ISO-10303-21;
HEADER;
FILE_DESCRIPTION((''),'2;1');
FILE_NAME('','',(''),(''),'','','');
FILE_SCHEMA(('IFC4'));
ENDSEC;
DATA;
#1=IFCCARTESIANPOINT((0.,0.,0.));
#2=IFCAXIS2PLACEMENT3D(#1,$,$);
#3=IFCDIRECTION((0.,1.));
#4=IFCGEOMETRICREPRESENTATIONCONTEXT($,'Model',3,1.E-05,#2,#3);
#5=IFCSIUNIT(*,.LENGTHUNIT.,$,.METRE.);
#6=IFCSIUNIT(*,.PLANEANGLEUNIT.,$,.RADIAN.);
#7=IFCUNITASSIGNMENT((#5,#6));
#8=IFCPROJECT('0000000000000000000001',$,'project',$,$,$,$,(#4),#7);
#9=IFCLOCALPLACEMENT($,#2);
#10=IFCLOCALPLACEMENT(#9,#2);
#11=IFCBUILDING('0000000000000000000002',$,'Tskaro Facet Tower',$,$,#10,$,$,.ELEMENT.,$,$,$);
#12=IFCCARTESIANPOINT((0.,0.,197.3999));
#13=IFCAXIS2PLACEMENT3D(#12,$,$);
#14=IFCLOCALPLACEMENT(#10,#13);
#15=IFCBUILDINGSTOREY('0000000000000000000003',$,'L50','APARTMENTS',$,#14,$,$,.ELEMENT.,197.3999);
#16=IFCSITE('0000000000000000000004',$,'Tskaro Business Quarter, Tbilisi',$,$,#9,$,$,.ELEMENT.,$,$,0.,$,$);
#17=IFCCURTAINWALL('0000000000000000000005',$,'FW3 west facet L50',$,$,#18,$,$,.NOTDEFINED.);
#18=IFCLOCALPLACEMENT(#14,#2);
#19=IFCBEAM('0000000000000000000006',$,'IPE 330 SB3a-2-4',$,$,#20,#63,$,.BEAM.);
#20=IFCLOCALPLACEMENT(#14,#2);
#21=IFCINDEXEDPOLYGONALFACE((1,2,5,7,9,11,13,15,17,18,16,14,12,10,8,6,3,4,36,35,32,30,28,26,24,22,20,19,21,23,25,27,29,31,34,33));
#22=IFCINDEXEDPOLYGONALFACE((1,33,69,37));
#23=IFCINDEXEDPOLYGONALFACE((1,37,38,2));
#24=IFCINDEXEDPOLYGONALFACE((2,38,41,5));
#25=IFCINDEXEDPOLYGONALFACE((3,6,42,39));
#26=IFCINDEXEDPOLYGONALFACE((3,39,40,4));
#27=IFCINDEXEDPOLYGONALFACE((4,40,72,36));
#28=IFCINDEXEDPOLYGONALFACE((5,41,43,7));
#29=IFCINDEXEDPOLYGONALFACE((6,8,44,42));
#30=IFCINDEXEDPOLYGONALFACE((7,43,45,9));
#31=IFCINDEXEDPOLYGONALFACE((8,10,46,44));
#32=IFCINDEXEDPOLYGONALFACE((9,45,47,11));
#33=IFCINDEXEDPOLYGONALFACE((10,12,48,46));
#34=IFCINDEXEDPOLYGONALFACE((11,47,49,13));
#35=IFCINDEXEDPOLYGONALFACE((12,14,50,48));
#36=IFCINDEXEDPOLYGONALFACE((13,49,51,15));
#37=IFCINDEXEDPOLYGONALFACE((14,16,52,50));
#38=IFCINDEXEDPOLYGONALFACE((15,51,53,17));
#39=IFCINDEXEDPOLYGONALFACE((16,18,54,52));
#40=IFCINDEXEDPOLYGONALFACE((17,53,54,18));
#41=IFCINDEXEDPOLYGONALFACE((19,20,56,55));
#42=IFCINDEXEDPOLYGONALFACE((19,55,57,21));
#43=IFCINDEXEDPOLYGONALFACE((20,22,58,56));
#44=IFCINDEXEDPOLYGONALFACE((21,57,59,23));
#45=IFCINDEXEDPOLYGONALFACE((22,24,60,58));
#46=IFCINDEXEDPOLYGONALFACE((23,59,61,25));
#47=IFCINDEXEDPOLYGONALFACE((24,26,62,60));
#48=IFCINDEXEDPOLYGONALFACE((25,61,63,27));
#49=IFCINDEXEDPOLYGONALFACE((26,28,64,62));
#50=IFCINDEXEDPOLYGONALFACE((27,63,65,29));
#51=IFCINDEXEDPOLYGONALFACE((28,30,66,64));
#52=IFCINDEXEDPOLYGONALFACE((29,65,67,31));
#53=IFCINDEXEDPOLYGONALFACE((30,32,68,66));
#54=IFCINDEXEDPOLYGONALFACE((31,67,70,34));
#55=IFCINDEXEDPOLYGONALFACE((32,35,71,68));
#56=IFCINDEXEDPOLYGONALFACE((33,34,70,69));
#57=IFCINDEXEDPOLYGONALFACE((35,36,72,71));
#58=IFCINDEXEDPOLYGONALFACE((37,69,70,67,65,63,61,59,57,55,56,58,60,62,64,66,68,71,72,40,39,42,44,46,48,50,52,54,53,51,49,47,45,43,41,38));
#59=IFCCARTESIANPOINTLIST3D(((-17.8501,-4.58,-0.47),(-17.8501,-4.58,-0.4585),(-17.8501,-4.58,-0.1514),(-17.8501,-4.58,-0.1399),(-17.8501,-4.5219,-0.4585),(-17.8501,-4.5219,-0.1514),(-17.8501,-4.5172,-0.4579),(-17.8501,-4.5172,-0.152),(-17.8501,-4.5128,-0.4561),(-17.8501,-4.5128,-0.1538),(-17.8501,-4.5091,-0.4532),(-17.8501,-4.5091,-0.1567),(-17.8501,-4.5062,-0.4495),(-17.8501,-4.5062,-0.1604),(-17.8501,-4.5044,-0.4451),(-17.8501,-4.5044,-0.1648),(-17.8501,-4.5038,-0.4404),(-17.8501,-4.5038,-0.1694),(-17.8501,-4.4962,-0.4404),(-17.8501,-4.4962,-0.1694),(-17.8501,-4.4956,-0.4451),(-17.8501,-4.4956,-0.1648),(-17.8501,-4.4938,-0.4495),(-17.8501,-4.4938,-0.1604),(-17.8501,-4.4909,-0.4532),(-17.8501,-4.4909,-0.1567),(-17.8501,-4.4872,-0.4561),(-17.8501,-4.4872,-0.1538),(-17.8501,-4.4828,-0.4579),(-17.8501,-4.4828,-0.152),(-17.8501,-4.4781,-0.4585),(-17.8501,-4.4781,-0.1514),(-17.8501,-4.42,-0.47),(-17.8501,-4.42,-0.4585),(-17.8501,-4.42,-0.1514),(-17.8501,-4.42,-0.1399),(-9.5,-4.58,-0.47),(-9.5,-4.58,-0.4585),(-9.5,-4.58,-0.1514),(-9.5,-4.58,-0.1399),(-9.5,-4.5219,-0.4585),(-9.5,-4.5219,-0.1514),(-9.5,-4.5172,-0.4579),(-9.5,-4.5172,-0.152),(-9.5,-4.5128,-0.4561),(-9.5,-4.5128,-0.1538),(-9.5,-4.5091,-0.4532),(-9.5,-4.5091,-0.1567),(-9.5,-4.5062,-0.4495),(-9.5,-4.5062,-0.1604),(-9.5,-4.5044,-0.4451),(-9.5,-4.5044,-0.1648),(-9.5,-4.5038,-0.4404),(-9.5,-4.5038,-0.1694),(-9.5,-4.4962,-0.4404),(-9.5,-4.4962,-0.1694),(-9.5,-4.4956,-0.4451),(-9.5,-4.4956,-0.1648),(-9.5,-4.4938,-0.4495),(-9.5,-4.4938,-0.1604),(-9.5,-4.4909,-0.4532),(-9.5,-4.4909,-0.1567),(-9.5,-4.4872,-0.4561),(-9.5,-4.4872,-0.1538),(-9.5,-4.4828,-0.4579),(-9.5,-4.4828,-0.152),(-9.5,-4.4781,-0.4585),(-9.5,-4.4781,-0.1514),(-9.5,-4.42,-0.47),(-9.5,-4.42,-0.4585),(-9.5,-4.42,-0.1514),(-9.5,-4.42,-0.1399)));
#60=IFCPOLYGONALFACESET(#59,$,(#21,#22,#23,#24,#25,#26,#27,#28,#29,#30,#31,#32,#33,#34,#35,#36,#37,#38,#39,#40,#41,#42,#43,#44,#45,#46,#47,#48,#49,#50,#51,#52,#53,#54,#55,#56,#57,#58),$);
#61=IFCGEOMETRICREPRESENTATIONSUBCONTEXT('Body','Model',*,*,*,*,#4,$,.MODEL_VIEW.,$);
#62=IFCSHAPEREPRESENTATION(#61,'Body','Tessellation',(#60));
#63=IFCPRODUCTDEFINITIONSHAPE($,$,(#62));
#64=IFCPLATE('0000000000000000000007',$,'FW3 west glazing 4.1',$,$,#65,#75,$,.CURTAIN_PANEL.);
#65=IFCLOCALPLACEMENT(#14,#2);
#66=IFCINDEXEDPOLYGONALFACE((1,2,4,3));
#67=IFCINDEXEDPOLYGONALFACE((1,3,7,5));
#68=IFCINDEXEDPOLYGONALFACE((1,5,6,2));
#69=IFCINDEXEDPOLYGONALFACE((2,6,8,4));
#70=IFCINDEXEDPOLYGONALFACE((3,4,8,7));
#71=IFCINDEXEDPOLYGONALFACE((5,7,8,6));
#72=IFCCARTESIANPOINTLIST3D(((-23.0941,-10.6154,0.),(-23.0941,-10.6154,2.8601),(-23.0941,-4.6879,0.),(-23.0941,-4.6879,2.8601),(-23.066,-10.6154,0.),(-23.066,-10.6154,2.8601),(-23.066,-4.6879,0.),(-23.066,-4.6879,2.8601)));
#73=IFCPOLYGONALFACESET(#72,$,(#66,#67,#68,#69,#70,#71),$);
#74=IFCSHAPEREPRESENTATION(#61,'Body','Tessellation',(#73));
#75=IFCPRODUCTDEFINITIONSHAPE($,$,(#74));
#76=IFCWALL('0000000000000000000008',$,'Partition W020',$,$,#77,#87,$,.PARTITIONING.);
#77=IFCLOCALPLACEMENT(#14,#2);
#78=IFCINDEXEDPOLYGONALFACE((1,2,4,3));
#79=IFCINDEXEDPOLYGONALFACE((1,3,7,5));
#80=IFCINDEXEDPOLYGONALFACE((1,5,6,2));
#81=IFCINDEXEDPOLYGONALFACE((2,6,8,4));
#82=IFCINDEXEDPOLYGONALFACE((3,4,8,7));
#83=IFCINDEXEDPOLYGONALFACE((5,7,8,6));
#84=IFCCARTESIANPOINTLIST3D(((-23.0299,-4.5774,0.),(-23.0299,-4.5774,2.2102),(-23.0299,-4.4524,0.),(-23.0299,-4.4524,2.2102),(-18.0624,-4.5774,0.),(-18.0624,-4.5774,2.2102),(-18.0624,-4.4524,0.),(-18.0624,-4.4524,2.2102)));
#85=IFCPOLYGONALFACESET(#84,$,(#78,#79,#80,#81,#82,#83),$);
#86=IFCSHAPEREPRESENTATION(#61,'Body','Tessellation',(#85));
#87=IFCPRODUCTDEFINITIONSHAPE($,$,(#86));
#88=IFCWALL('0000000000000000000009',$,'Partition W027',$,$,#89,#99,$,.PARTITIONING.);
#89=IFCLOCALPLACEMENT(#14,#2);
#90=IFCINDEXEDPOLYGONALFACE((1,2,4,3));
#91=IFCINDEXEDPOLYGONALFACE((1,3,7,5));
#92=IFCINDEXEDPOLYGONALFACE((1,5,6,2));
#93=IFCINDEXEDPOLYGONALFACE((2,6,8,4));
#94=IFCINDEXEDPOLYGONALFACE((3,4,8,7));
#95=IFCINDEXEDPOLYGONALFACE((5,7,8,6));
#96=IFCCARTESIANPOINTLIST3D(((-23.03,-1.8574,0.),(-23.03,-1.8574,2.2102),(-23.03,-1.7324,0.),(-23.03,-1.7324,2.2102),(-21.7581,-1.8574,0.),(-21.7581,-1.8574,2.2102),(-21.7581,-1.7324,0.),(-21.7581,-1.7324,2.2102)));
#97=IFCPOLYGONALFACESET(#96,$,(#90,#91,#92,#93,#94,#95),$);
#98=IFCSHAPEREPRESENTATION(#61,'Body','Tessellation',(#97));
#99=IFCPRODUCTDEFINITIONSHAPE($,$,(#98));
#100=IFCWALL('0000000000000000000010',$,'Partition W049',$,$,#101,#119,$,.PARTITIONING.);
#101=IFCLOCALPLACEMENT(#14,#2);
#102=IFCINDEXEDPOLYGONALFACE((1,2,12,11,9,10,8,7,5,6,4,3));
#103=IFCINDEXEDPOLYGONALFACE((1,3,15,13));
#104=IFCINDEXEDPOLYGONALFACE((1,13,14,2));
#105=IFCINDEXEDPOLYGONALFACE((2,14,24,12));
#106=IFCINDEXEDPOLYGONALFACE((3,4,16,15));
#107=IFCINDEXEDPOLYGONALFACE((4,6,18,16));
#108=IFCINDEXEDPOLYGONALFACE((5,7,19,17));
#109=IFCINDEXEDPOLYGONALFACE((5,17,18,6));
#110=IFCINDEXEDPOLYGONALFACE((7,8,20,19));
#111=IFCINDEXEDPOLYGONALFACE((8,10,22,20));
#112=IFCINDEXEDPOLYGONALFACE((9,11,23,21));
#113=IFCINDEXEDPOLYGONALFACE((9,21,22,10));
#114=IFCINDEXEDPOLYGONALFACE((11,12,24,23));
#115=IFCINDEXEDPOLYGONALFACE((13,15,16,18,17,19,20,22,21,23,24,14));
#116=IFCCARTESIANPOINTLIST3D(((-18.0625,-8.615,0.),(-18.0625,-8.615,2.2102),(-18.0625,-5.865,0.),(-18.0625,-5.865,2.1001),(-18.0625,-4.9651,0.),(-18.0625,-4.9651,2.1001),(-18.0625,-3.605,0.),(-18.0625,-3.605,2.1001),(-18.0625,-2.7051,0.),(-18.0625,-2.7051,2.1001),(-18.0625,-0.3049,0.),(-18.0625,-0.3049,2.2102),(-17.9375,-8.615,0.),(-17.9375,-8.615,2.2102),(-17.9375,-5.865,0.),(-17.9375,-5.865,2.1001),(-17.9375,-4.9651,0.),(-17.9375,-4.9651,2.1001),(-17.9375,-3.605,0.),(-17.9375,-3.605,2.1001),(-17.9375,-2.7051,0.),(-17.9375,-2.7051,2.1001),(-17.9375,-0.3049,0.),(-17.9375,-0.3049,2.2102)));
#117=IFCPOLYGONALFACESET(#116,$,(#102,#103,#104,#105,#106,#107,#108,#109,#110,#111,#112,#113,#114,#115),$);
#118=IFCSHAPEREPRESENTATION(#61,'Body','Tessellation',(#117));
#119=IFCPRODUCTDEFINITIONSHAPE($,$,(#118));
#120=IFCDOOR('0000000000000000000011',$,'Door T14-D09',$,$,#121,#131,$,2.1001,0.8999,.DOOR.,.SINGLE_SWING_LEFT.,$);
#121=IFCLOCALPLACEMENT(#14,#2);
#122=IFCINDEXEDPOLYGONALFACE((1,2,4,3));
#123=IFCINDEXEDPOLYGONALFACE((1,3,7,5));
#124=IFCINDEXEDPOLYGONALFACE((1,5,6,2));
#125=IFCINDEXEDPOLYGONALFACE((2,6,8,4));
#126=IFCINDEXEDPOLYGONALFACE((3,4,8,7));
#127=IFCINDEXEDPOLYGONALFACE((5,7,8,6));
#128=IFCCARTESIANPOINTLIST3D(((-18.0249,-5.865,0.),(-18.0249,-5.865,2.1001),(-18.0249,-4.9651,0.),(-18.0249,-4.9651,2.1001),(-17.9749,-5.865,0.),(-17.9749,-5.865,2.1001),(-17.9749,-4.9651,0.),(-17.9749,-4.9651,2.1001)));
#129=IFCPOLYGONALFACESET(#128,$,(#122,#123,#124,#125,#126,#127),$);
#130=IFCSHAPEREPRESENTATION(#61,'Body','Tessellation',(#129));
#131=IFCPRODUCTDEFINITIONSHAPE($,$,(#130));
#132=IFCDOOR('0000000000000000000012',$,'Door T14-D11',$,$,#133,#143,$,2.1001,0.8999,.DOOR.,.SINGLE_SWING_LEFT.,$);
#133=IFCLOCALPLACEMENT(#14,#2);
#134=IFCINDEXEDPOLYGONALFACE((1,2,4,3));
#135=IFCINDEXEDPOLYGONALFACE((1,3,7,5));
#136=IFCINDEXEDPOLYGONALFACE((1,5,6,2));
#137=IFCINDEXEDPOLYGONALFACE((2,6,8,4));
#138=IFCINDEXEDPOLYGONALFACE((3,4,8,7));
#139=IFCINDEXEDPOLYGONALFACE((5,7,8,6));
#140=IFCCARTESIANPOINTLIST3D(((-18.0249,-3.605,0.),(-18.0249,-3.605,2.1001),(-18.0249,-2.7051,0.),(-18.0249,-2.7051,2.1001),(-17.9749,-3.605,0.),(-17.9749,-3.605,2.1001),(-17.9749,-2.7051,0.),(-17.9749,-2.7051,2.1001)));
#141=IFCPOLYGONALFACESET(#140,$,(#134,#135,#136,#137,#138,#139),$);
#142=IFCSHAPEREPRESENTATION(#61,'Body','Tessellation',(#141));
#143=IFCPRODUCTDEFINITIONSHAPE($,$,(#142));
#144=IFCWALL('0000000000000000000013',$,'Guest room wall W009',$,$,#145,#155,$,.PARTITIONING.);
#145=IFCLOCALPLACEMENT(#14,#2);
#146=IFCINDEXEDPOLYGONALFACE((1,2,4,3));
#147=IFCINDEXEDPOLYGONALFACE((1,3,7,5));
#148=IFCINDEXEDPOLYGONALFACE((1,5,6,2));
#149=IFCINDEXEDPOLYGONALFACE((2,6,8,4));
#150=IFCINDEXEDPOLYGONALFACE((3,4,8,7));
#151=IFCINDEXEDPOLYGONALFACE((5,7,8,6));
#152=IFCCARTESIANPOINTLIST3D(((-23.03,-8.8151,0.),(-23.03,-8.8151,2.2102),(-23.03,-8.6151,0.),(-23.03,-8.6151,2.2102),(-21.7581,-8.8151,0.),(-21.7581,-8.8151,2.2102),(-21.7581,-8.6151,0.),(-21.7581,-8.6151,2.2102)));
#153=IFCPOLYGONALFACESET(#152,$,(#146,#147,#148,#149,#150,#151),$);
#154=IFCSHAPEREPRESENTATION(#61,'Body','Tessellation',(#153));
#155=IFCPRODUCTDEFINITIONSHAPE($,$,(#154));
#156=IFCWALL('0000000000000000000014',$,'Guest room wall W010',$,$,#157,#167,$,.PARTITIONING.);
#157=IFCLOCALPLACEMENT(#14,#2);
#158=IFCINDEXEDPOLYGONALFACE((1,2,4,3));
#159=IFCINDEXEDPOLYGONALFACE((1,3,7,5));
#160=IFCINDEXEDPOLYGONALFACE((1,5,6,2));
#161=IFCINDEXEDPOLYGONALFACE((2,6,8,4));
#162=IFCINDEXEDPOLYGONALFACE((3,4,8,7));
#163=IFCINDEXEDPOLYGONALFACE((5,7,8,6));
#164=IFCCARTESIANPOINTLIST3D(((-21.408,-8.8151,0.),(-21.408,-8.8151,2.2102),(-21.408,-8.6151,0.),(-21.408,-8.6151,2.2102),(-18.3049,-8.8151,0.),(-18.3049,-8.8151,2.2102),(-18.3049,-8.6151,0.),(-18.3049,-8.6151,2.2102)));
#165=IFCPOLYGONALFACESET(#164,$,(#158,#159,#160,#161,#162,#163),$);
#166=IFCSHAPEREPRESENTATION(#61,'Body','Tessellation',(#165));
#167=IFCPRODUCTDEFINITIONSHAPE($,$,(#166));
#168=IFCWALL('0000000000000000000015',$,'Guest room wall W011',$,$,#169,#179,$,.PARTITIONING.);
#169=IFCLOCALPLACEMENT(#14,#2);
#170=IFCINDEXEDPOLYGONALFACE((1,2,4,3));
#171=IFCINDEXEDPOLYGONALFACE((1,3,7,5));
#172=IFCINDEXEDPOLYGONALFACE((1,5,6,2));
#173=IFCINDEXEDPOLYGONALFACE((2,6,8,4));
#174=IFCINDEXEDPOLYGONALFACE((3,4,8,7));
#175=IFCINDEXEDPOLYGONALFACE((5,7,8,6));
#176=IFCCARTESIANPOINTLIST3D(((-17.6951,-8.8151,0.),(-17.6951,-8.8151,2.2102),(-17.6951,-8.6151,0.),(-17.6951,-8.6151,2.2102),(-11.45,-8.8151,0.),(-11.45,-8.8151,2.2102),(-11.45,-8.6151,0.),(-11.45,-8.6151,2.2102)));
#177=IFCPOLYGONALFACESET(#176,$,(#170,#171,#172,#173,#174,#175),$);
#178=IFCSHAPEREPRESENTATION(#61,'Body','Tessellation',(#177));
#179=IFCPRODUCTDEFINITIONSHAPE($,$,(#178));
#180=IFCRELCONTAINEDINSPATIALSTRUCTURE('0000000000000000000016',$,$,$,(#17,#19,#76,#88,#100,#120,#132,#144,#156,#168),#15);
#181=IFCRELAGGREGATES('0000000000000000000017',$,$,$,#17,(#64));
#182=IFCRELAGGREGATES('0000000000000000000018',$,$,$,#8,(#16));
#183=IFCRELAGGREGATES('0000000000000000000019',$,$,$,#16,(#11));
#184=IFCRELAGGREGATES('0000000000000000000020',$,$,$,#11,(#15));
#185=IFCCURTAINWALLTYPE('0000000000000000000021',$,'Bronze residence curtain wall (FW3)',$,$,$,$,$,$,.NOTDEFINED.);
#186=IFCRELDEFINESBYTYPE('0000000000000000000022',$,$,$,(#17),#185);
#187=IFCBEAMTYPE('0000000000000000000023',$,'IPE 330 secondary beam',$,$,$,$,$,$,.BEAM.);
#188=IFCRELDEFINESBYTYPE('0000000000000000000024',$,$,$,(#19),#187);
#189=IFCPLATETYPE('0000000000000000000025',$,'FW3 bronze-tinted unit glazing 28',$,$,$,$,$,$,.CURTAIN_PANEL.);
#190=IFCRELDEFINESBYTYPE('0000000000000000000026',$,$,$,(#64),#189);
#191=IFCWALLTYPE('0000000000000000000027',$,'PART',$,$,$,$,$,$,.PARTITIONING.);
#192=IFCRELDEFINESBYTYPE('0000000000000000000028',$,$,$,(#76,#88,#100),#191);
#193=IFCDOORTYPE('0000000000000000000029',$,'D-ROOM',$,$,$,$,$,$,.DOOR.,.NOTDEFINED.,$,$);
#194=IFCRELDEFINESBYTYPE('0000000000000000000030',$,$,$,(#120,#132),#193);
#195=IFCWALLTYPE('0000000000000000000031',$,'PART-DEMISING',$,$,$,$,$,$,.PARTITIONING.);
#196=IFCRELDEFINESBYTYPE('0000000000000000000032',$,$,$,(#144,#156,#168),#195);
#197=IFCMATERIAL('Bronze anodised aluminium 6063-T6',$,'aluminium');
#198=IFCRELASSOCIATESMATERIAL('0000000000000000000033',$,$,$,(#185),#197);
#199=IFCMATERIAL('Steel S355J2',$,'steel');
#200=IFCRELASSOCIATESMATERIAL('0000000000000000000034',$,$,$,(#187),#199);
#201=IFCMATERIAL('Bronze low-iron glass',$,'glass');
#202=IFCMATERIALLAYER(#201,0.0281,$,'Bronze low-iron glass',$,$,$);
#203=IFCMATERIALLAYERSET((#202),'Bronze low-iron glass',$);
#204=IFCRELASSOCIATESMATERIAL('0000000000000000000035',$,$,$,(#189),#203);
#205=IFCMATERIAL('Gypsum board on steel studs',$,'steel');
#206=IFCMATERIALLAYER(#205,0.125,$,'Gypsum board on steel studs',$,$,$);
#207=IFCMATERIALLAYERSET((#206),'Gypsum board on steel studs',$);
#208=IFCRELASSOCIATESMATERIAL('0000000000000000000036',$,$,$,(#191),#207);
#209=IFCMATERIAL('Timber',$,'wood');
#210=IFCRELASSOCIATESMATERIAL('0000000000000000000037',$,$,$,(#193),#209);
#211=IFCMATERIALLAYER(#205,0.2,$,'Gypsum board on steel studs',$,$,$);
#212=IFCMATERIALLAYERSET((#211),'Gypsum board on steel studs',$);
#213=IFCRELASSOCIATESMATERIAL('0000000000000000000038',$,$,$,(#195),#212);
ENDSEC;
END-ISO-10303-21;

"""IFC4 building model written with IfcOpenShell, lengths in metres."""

from ifc_helpers import new_model, si_unit, direction, frame, frame_2d, origin, origin_2d, place, context, subcontext, project, spatial, rectangle, i_section, extrude, material, layer, layer_set, material_profile, profile_set, type_object, element, fill, aggregate, save


model = new_model("IFC4")

# Units and contexts
model_context = context("Model", 3, precision=1e-05, world=origin(), true_north=direction((0.0, 1.0)))
body_context = subcontext(model_context, "Body", "Model", "MODEL_VIEW")
ifc_project = project(units=[si_unit("LENGTHUNIT", "METRE"), si_unit("PLANEANGLEUNIT", "RADIAN")], contexts=[model_context])

# Site, building, storey
site_placement = place(None, origin())
site = spatial("IfcSite", under=ifc_project, at=site_placement, Name="Tskaro Business Quarter, Tbilisi", CompositionType="ELEMENT", RefElevation=0.0)
building_placement = place(site_placement, origin())
building = spatial("IfcBuilding", under=site, at=building_placement, Name="Tskaro Facet Tower", CompositionType="ELEMENT")
storey_placement = place(building_placement, frame((0.0, 0.0, 197.3999)))
storey = spatial("IfcBuildingStorey", under=building, at=storey_placement, Name="L50", Description="APARTMENTS", CompositionType="ELEMENT", Elevation=197.3999)

# Curtain wall
ifc_material_1 = material(Name="Bronze anodised aluminium 6063-T6", Category="aluminium")
curtain_wall_type = type_object("IfcCurtainWallType", Name="Bronze residence curtain wall (FW3)", PredefinedType="NOTDEFINED", material=ifc_material_1)
curtain_wall_placement = place(storey_placement, origin())
curtain_wall = element("IfcCurtainWall", 1, at=curtain_wall_placement, inside=storey, type_object=curtain_wall_type, Name="FW3 west facet L50", PredefinedType="NOTDEFINED")

# Beam
ifc_material_2 = material(Name="Steel S355J2", Category="steel")
ifc_material_profile_1 = material_profile(ifc_material_2, i_section(OverallWidth=0.1599, OverallDepth=0.3301, WebThickness=0.0076, FlangeThickness=0.0115, FilletRadius=0.0181, at=origin_2d()), Name="IPE 330")
ifc_profile_set_1 = profile_set([ifc_material_profile_1], Name="Steel S355J2")
beam_type_1 = type_object("IfcBeamType", Name="IPE 330 secondary beam", PredefinedType="BEAM", material=ifc_profile_set_1)
beam_1_placement = place(storey_placement, frame((-17.8501, -4.5, -0.3049), z_axis=(1.0, 0.0, 0.0), x_axis=(0.0, 1.0, 0.0)))
element("IfcBeam", 2, at=beam_1_placement, inside=storey, type_object=beam_type_1, Name="IPE 330 SB3a-2-4", PredefinedType="BEAM", context=body_context, shape_type="SweptSolid", body=[
    extrude(i_section(OverallWidth=0.1599, OverallDepth=0.3301, WebThickness=0.0076, FlangeThickness=0.0115, FilletRadius=0.0181, at=origin_2d()), origin(), (0.0, 0.0, 1.0), 8.3501),
])

# Plate
ifc_material_3 = material(Name="Bronze low-iron glass", Category="glass")
ifc_layer_1 = layer(ifc_material_3, 0.0281, Name="Bronze low-iron glass")
ifc_layer_set_1 = layer_set([ifc_layer_1], Name="Bronze low-iron glass")
plate_type = type_object("IfcPlateType", Name="FW3 bronze-tinted unit glazing 28", PredefinedType="CURTAIN_PANEL", material=ifc_layer_set_1)
plate_placement = place(storey_placement, frame((-23.0801, -7.6516, 0.0), z_axis=(0.0, 0.0, 1.0), x_axis=(0.0, -1.0, 0.0)))
plate = element("IfcPlate", 3, at=plate_placement, type_object=plate_type, Name="FW3 west glazing 4.1", PredefinedType="CURTAIN_PANEL", context=body_context, shape_type="SweptSolid", body=[
    extrude(rectangle(XDim=5.9275, YDim=0.0281, at=origin_2d()), origin(), (0.0, 0.0, 1.0), 2.8601),
])
aggregate(curtain_wall, [plate])

# Walls
ifc_material_4 = material(Name="Gypsum board on steel studs", Category="steel")
ifc_layer_2 = layer(ifc_material_4, 0.125, Name="Gypsum board on steel studs")
ifc_layer_set_2 = layer_set([ifc_layer_2], Name="Gypsum board on steel studs")
wall_type_1 = type_object("IfcWallType", Name="PART", PredefinedType="PARTITIONING", material=ifc_layer_set_2)
wall_1_placement = place(storey_placement, frame((-23.03, -4.5149, 0.0), z_axis=(0.0, 0.0, 1.0), x_axis=(1.0, 0.0, 0.0)))
element("IfcWall", 4, at=wall_1_placement, inside=storey, type_object=wall_type_1, Name="Partition W020", PredefinedType="PARTITIONING", context=body_context, shape_type="SweptSolid", body=[
    extrude(rectangle(XDim=4.9675, YDim=0.125, at=frame_2d((2.4839, 0.0))), origin(), (0.0, 0.0, 1.0), 2.2102),
])
wall_2_placement = place(storey_placement, frame((-23.03, -1.7949, 0.0), z_axis=(0.0, 0.0, 1.0), x_axis=(1.0, 0.0, 0.0)))
element("IfcWall", 5, at=wall_2_placement, inside=storey, type_object=wall_type_1, Name="Partition W027", PredefinedType="PARTITIONING", context=body_context, shape_type="SweptSolid", body=[
    extrude(rectangle(XDim=1.272, YDim=0.125, at=frame_2d((0.636, 0.0))), origin(), (0.0, 0.0, 1.0), 2.2102),
])

# Wall, openings, doors
wall_3_placement = place(storey_placement, frame((-18.0, -8.615, 0.0), z_axis=(0.0, 0.0, 1.0), x_axis=(0.0, 1.0, 0.0)))
wall_3 = element("IfcWall", 6, at=wall_3_placement, inside=storey, type_object=wall_type_1, Name="Partition W049", PredefinedType="PARTITIONING", context=body_context, shape_type="SweptSolid", body=[
    extrude(rectangle(XDim=8.3101, YDim=0.125, at=frame_2d((4.155, 0.0))), origin(), (0.0, 0.0, 1.0), 2.2102),
])
opening_1_placement = place(wall_3_placement, frame((2.75, 0.0, 0.0)))
opening_1 = element("IfcOpeningElement", 7, at=opening_1_placement, cuts=wall_3, PredefinedType="OPENING", context=body_context, shape_type="SweptSolid", body=[
    extrude(rectangle(XDim=0.8999, YDim=2.1001, at=frame_2d((0.45, 1.05))), frame((0.0, 0.0725, 0.0), z_axis=(0.0, -1.0, 0.0), x_axis=(1.0, 0.0, 0.0)), (0.0, 0.0, 1.0), 0.145),
])
opening_2_placement = place(wall_3_placement, frame((5.01, 0.0, 0.0)))
opening_2 = element("IfcOpeningElement", 8, at=opening_2_placement, cuts=wall_3, PredefinedType="OPENING", context=body_context, shape_type="SweptSolid", body=[
    extrude(rectangle(XDim=0.8999, YDim=2.1001, at=frame_2d((0.45, 1.05))), frame((0.0, 0.0725, 0.0), z_axis=(0.0, -1.0, 0.0), x_axis=(1.0, 0.0, 0.0)), (0.0, 0.0, 1.0), 0.145),
])
ifc_material_5 = material(Name="Timber", Category="wood")
door_type = type_object("IfcDoorType", Name="D-ROOM", OperationType="NOTDEFINED", PredefinedType="DOOR", material=ifc_material_5)
door_1_placement = place(opening_1_placement, origin())
door_1 = element("IfcDoor", 9, at=door_1_placement, inside=storey, type_object=door_type, Name="Door T14-D09", OperationType="SINGLE_SWING_LEFT", OverallHeight=2.1001, OverallWidth=0.8999, PredefinedType="DOOR", context=body_context, shape_type="SweptSolid", body=[
    extrude(rectangle(XDim=0.8999, YDim=2.1001, at=frame_2d((0.45, 1.05))), frame((0.0, 0.0249, 0.0), z_axis=(0.0, -1.0, 0.0), x_axis=(1.0, 0.0, 0.0)), (0.0, 0.0, 1.0), 0.05),
])
fill(opening_1, door_1)
door_2_placement = place(opening_2_placement, origin())
door_2 = element("IfcDoor", 10, at=door_2_placement, inside=storey, type_object=door_type, Name="Door T14-D11", OperationType="SINGLE_SWING_LEFT", OverallHeight=2.1001, OverallWidth=0.8999, PredefinedType="DOOR", context=body_context, shape_type="SweptSolid", body=[
    extrude(rectangle(XDim=0.8999, YDim=2.1001, at=frame_2d((0.45, 1.05))), frame((0.0, 0.0249, 0.0), z_axis=(0.0, -1.0, 0.0), x_axis=(1.0, 0.0, 0.0)), (0.0, 0.0, 1.0), 0.05),
])
fill(opening_2, door_2)

# Walls
ifc_layer_3 = layer(ifc_material_4, 0.2, Name="Gypsum board on steel studs")
ifc_layer_set_3 = layer_set([ifc_layer_3], Name="Gypsum board on steel studs")
wall_type_2 = type_object("IfcWallType", Name="PART-DEMISING", PredefinedType="PARTITIONING", material=ifc_layer_set_3)
wall_4_placement = place(storey_placement, frame((-23.03, -8.7151, 0.0), z_axis=(0.0, 0.0, 1.0), x_axis=(1.0, 0.0, 0.0)))
element("IfcWall", 11, at=wall_4_placement, inside=storey, type_object=wall_type_2, Name="Guest room wall W009", PredefinedType="PARTITIONING", context=body_context, shape_type="SweptSolid", body=[
    extrude(rectangle(XDim=1.272, YDim=0.2, at=frame_2d((0.636, 0.0))), origin(), (0.0, 0.0, 1.0), 2.2102),
])
wall_5_placement = place(storey_placement, frame((-21.408, -8.7151, 0.0), z_axis=(0.0, 0.0, 1.0), x_axis=(1.0, 0.0, 0.0)))
element("IfcWall", 12, at=wall_5_placement, inside=storey, type_object=wall_type_2, Name="Guest room wall W010", PredefinedType="PARTITIONING", context=body_context, shape_type="SweptSolid", body=[
    extrude(rectangle(XDim=3.103, YDim=0.2, at=frame_2d((1.5515, 0.0))), origin(), (0.0, 0.0, 1.0), 2.2102),
])
wall_6_placement = place(storey_placement, frame((-17.6951, -8.7151, 0.0), z_axis=(0.0, 0.0, 1.0), x_axis=(1.0, 0.0, 0.0)))
element("IfcWall", 13, at=wall_6_placement, inside=storey, type_object=wall_type_2, Name="Guest room wall W011", PredefinedType="PARTITIONING", context=body_context, shape_type="SweptSolid", body=[
    extrude(rectangle(XDim=6.2451, YDim=0.2, at=frame_2d((3.1226, 0.0))), origin(), (0.0, 0.0, 1.0), 2.2102),
])

save(model, "model.ifc")
